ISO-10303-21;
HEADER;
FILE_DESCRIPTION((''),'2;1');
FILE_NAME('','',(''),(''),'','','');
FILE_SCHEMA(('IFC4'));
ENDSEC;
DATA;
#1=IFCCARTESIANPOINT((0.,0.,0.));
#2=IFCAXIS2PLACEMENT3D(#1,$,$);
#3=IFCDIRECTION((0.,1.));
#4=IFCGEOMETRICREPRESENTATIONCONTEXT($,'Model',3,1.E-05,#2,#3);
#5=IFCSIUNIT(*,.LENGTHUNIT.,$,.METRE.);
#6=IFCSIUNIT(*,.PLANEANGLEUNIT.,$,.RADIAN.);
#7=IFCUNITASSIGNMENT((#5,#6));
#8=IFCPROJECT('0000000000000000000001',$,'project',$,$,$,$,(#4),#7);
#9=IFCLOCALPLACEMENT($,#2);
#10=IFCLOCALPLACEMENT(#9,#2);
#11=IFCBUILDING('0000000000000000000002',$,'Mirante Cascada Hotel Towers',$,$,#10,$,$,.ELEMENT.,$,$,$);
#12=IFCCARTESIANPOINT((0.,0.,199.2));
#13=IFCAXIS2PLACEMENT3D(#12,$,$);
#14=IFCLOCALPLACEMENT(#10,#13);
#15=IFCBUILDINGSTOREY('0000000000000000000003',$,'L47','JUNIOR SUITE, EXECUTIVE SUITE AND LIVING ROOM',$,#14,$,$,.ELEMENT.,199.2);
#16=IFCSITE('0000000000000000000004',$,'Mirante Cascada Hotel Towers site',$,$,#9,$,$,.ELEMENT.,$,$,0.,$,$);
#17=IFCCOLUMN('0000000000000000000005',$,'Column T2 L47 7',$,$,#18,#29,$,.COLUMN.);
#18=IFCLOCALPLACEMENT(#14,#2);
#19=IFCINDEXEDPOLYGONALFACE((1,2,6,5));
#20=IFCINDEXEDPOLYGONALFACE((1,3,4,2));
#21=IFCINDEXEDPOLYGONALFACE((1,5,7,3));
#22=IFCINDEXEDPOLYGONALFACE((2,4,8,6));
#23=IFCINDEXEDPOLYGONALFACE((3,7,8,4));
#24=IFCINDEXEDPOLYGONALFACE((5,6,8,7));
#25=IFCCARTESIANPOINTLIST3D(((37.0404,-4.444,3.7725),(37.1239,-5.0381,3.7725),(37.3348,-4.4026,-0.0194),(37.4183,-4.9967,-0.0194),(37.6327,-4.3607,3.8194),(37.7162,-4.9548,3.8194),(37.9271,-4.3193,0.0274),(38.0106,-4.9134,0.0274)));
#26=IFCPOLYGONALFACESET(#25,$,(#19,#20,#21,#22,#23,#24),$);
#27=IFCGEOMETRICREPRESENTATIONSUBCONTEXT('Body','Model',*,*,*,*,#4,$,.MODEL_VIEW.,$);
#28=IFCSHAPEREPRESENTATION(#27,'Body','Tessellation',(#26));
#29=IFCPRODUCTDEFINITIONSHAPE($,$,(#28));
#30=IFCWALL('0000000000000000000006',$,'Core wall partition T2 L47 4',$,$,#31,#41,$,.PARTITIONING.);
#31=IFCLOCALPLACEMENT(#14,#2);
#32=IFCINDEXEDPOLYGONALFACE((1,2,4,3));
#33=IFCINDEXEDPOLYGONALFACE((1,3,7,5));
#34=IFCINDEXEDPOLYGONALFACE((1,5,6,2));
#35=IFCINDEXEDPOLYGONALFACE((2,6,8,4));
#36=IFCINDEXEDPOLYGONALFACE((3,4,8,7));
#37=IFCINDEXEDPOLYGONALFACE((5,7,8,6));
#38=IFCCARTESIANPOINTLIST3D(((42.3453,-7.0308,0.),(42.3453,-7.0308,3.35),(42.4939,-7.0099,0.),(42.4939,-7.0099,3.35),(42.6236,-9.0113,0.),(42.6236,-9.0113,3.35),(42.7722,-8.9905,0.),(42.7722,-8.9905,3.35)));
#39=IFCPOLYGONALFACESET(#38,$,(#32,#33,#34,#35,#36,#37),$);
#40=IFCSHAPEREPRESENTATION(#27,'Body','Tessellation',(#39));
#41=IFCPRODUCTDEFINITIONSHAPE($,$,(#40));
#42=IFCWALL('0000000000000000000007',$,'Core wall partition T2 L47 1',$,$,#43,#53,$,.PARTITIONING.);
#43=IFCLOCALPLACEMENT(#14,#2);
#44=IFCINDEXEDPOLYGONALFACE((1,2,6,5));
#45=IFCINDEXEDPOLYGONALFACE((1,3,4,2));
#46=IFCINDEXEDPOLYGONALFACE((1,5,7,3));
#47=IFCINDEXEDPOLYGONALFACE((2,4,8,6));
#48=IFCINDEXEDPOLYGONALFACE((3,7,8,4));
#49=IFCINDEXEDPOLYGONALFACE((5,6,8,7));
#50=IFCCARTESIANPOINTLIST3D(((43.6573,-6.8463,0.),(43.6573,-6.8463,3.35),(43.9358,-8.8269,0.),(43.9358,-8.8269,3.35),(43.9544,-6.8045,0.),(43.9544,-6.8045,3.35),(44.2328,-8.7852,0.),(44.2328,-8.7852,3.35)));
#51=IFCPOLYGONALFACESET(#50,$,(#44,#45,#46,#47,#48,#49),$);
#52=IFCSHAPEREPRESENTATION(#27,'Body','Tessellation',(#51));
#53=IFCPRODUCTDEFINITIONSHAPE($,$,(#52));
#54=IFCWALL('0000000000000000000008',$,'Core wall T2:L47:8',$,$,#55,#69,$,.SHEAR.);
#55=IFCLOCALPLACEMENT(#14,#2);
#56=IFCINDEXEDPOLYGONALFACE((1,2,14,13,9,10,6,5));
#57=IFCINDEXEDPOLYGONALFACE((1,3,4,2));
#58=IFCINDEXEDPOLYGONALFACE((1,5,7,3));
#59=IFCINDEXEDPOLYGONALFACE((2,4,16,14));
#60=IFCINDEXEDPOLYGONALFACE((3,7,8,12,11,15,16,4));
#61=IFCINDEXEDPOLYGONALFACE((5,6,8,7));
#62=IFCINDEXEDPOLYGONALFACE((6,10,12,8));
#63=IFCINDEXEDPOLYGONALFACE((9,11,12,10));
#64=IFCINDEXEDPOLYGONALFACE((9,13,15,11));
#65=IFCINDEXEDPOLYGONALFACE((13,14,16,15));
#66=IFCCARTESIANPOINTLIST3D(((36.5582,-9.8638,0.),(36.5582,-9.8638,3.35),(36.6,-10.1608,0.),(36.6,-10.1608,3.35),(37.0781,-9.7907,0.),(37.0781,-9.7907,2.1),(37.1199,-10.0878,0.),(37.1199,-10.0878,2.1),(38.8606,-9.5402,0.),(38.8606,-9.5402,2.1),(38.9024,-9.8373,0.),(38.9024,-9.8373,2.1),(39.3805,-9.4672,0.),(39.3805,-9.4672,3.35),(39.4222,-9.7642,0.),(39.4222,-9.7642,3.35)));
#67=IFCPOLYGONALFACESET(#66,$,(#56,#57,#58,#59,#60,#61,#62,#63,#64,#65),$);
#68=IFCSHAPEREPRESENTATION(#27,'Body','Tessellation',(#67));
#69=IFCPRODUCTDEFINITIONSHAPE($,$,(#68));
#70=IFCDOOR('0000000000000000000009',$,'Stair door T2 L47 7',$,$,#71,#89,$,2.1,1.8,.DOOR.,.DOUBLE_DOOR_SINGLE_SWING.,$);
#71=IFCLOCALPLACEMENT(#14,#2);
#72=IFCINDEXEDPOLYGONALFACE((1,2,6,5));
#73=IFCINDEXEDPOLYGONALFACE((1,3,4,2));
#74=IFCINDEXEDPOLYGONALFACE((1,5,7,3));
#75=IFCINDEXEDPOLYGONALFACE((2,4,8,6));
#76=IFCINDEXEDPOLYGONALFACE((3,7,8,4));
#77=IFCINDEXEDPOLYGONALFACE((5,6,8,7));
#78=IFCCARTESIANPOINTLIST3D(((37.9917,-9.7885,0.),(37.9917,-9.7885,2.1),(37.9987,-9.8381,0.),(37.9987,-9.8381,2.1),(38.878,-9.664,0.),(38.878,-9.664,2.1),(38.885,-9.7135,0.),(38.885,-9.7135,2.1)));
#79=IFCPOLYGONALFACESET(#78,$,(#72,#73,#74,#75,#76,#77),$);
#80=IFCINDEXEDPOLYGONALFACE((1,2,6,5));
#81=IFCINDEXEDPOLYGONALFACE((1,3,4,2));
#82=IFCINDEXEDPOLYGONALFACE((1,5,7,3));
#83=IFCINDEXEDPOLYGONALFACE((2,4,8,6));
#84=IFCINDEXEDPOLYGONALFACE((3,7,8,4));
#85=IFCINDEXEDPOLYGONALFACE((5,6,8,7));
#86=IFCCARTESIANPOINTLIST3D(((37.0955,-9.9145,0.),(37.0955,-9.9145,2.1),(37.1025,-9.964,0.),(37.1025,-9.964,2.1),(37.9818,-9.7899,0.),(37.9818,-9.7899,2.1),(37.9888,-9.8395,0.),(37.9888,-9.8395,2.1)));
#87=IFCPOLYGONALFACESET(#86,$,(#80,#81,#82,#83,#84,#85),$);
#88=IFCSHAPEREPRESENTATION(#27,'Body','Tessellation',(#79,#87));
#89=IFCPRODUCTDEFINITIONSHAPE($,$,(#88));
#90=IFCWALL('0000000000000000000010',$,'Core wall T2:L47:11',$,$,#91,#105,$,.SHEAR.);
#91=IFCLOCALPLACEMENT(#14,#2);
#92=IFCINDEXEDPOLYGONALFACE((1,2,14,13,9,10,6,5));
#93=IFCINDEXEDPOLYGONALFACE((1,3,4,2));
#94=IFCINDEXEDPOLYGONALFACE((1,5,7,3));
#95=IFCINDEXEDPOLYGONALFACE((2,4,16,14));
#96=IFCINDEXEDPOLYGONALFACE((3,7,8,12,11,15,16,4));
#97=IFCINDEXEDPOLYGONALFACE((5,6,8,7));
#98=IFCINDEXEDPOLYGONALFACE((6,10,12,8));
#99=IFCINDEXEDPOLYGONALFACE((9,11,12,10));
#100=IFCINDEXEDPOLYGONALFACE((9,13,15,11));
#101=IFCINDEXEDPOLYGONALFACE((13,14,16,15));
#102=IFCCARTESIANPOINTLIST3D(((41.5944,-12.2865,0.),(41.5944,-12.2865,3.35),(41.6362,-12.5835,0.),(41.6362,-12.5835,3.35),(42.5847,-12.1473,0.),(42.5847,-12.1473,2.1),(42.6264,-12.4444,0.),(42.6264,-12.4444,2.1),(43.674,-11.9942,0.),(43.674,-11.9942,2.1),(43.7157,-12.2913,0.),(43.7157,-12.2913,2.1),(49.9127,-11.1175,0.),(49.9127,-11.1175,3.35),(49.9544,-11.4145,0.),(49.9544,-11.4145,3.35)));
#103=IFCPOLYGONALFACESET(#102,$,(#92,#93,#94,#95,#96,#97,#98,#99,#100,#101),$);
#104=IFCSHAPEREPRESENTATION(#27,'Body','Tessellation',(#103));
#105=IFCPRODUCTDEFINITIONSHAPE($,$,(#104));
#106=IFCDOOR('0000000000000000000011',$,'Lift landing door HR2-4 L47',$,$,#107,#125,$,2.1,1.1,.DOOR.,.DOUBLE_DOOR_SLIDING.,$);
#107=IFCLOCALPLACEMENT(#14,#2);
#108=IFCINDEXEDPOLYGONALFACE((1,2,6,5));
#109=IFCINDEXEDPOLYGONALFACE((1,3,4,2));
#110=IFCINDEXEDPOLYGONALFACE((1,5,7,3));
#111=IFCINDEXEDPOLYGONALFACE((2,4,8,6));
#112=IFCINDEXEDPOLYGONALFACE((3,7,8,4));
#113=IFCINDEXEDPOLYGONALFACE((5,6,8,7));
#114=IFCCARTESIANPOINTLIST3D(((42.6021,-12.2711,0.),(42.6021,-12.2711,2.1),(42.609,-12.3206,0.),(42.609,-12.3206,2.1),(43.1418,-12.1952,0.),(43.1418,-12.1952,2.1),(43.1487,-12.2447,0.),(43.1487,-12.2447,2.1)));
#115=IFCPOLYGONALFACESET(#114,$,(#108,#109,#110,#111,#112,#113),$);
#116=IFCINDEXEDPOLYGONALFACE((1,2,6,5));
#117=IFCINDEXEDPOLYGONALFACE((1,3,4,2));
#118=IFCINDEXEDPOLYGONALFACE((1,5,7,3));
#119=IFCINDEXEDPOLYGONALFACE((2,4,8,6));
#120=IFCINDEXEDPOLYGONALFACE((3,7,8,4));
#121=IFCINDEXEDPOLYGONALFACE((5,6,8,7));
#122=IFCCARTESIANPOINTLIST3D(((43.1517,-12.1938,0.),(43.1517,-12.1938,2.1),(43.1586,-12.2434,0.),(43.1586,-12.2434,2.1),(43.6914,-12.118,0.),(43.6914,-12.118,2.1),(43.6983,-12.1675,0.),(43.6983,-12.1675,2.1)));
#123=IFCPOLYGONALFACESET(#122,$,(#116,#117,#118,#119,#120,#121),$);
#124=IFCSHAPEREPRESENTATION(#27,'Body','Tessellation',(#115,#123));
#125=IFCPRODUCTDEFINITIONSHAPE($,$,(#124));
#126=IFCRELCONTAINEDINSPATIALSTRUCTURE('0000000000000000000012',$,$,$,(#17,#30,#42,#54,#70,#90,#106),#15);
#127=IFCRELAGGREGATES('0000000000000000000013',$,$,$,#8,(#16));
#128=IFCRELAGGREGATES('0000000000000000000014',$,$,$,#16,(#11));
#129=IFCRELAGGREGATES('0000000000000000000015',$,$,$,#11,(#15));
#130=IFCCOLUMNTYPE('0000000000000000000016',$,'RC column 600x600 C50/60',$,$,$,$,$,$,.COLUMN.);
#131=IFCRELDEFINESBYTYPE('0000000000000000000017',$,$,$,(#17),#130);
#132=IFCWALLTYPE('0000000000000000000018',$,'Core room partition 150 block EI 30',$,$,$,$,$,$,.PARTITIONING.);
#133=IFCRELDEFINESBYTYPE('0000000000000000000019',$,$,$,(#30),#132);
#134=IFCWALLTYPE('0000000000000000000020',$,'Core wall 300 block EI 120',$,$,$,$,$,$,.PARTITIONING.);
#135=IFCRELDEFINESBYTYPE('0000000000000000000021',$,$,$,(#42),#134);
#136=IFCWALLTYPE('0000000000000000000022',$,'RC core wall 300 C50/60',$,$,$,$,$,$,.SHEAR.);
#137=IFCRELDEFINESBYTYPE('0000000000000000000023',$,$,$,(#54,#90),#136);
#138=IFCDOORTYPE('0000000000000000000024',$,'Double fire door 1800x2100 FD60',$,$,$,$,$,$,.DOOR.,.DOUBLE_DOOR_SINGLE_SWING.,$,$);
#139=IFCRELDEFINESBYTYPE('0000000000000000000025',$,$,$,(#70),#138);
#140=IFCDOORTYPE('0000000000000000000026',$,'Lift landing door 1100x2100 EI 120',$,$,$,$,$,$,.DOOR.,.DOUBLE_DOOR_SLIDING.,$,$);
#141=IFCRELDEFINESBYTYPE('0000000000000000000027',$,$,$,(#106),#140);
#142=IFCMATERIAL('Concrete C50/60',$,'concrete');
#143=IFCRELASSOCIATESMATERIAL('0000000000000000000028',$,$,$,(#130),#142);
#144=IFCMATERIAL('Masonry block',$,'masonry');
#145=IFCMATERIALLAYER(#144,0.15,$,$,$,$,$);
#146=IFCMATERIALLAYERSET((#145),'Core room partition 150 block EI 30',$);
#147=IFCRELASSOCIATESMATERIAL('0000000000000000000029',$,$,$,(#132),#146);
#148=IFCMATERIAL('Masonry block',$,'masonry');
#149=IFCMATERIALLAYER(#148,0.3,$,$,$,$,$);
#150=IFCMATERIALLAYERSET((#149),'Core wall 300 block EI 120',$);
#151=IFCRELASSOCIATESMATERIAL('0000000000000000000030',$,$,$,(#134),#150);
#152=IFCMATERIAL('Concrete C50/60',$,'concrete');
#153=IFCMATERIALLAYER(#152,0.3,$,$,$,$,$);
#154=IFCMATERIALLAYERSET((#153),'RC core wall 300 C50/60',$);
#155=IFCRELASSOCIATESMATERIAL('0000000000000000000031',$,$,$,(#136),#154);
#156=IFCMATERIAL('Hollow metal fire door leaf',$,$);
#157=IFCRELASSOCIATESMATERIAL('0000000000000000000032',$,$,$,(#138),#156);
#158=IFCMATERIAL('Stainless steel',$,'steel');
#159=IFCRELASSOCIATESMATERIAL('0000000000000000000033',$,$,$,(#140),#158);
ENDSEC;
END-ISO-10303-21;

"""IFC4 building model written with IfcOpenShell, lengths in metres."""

from ifc_helpers import new_model, si_unit, direction, frame, frame_2d, origin, origin_2d, place, context, subcontext, project, spatial, rectangle, extrude, material, layer, layer_set, material_profile, profile_set, type_object, element, fill, save


model = new_model("IFC4")

# Units and contexts
model_context = context("Model", 3, precision=1e-05, world=origin(), true_north=direction((0.0, 1.0)))
body_context = subcontext(model_context, "Body", "Model", "MODEL_VIEW")
ifc_project = project(units=[si_unit("LENGTHUNIT", "METRE"), si_unit("PLANEANGLEUNIT", "RADIAN")], contexts=[model_context])

# Site, building, storey
site_placement = place(None, origin())
site = spatial("IfcSite", under=ifc_project, at=site_placement, Name="Mirante Cascada Hotel Towers site", CompositionType="ELEMENT", RefElevation=0.0)
building_placement = place(site_placement, origin())
building = spatial("IfcBuilding", under=site, at=building_placement, Name="Mirante Cascada Hotel Towers", CompositionType="ELEMENT")
storey_placement = place(building_placement, frame((0.0, 0.0, 199.2)))
storey = spatial("IfcBuildingStorey", under=building, at=storey_placement, Name="L47", Description="JUNIOR SUITE, EXECUTIVE SUITE AND LIVING ROOM", CompositionType="ELEMENT", Elevation=199.2)

# Column
ifc_material_1 = material(Name="Concrete C50/60", Category="concrete")
ifc_material_profile = material_profile(ifc_material_1, rectangle(XDim=0.6, YDim=0.6, at=origin_2d()), Name="RC column 600x600 C50/60")
ifc_profile_set = profile_set([ifc_material_profile], Name="Concrete C50/60")
column_type = type_object("IfcColumnType", Name="RC column 600x600 C50/60", PredefinedType="COLUMN", material=ifc_profile_set)
column_placement = place(storey_placement, frame((37.6727, -4.658, 0.004), z_axis=(-0.0774, -0.010884, 0.996941), x_axis=(0.139255, -0.990257, 0.0)))
element("IfcColumn", 1, at=column_placement, inside=storey, type_object=column_type, Name="Column T2 L47 7", PredefinedType="COLUMN", context=body_context, shape_type="SweptSolid", body=[
    extrude(rectangle(XDim=0.6, YDim=0.6, at=origin_2d()), origin(), (0.0, 0.0, 1.0), 3.8036),
])

# Walls
ifc_material_2 = material(Name="Masonry block", Category="masonry")
ifc_layer_1 = layer(ifc_material_2, 0.15)
ifc_layer_set_1 = layer_set([ifc_layer_1], Name="Core room partition 150 block EI 30")
wall_type_1 = type_object("IfcWallType", Name="Core room partition 150 block EI 30", PredefinedType="PARTITIONING", material=ifc_layer_set_1)
wall_1_placement = place(storey_placement, frame((42.6979, -9.0009, 0.0), z_axis=(0.0, 0.0, 1.0), x_axis=(-0.139153, 0.990271, 0.0)))
element("IfcWall", 2, at=wall_1_placement, inside=storey, type_object=wall_type_1, Name="Core wall partition T2 L47 4", PredefinedType="PARTITIONING", context=body_context, shape_type="SweptSolid", body=[
    extrude(rectangle(XDim=2.0, YDim=0.15, at=frame_2d((1.0, 0.0))), origin(), (0.0, 0.0, 1.0), 3.35),
])
ifc_material_3 = material(Name="Masonry block", Category="masonry")
ifc_layer_2 = layer(ifc_material_3, 0.3)
ifc_layer_set_2 = layer_set([ifc_layer_2], Name="Core wall 300 block EI 120")
wall_type_2 = type_object("IfcWallType", Name="Core wall 300 block EI 120", PredefinedType="PARTITIONING", material=ifc_layer_set_2)
wall_2_placement = place(storey_placement, frame((44.0843, -8.8061, 0.0), z_axis=(0.0, 0.0, 1.0), x_axis=(-0.139195, 0.990265, 0.0)))
element("IfcWall", 3, at=wall_2_placement, inside=storey, type_object=wall_type_2, Name="Core wall partition T2 L47 1", PredefinedType="PARTITIONING", context=body_context, shape_type="SweptSolid", body=[
    extrude(rectangle(XDim=2.0001, YDim=0.3, at=frame_2d((1.0001, 0.0))), origin(), (0.0, 0.0, 1.0), 3.35),
])

# Walls, openings, doors
ifc_material_4 = material(Name="Concrete C50/60", Category="concrete")
ifc_layer_3 = layer(ifc_material_4, 0.3)
ifc_layer_set_3 = layer_set([ifc_layer_3], Name="RC core wall 300 C50/60")
wall_type_3 = type_object("IfcWallType", Name="RC core wall 300 C50/60", PredefinedType="SHEAR", material=ifc_layer_set_3)
wall_3_placement = place(storey_placement, frame((36.5791, -10.0123, 0.0), z_axis=(0.0, 0.0, 1.0), x_axis=(0.99027, 0.139156, 0.0)))
wall_3 = element("IfcWall", 4, at=wall_3_placement, inside=storey, type_object=wall_type_3, Name="Core wall T2:L47:8", PredefinedType="SHEAR", context=body_context, shape_type="SweptSolid", body=[
    extrude(rectangle(XDim=2.85, YDim=0.3, at=frame_2d((1.425, 0.0))), origin(), (0.0, 0.0, 1.0), 3.35),
])
opening_1_placement = place(wall_3_placement, frame((0.525, 0.0, 0.0)))
opening_1 = element("IfcOpeningElement", 5, at=opening_1_placement, cuts=wall_3, PredefinedType="OPENING", context=body_context, shape_type="SweptSolid", body=[
    extrude(rectangle(XDim=1.8, YDim=2.1, at=frame_2d((0.9, 1.05))), frame((0.0, 0.15, 0.0), z_axis=(0.0, -1.0, 0.0), x_axis=(1.0, 0.0, 0.0)), (0.0, 0.0, 1.0), 0.3),
])
ifc_material_5 = material(Name="Hollow metal fire door leaf")
door_type_1 = type_object("IfcDoorType", Name="Double fire door 1800x2100 FD60", OperationType="DOUBLE_DOOR_SINGLE_SWING", PredefinedType="DOOR", material=ifc_material_5)
door_1_placement = place(opening_1_placement, frame((1.8, 0.0, 0.0), z_axis=(0.0, 0.0, 1.0), x_axis=(-1.0, 0.0, 0.0)))
door_1 = element("IfcDoor", 6, at=door_1_placement, inside=storey, type_object=door_type_1, Name="Stair door T2 L47 7", OperationType="DOUBLE_DOOR_SINGLE_SWING", OverallHeight=2.1, OverallWidth=1.8, PredefinedType="DOOR", context=body_context, shape_type="SweptSolid", body=[
    extrude(rectangle(XDim=0.895, YDim=2.1, at=frame_2d((0.4475, 1.05))), frame((0.0, 0.025, 0.0), z_axis=(0.0, -1.0, 0.0), x_axis=(1.0, 0.0, 0.0)), (0.0, 0.0, 1.0), 0.05),
    extrude(rectangle(XDim=0.895, YDim=2.1, at=frame_2d((1.3525, 1.05))), frame((0.0, 0.025, 0.0), z_axis=(0.0, -1.0, 0.0), x_axis=(1.0, 0.0, 0.0)), (0.0, 0.0, 1.0), 0.05),
])
fill(opening_1, door_1)
wall_4_placement = place(storey_placement, frame((41.6153, -12.435, 0.0), z_axis=(0.0, 0.0, 1.0), x_axis=(0.990269, 0.139166, 0.0)))
wall_4 = element("IfcWall", 7, at=wall_4_placement, inside=storey, type_object=wall_type_3, Name="Core wall T2:L47:11", PredefinedType="SHEAR", context=body_context, shape_type="SweptSolid", body=[
    extrude(rectangle(XDim=8.4, YDim=0.3, at=frame_2d((4.2, 0.0))), origin(), (0.0, 0.0, 1.0), 3.35),
])
opening_2_placement = place(wall_4_placement, frame((1.0, 0.0, 0.0)))
opening_2 = element("IfcOpeningElement", 8, at=opening_2_placement, cuts=wall_4, PredefinedType="OPENING", context=body_context, shape_type="SweptSolid", body=[
    extrude(rectangle(XDim=1.1, YDim=2.1, at=frame_2d((0.55, 1.05))), frame((0.0, 0.15, 0.0), z_axis=(0.0, -1.0, 0.0), x_axis=(1.0, 0.0, 0.0)), (0.0, 0.0, 1.0), 0.3),
])
ifc_material_6 = material(Name="Stainless steel", Category="steel")
door_type_2 = type_object("IfcDoorType", Name="Lift landing door 1100x2100 EI 120", OperationType="DOUBLE_DOOR_SLIDING", PredefinedType="DOOR", material=ifc_material_6)
door_2_placement = place(opening_2_placement, origin())
door_2 = element("IfcDoor", 9, at=door_2_placement, inside=storey, type_object=door_type_2, Name="Lift landing door HR2-4 L47", OperationType="DOUBLE_DOOR_SLIDING", OverallHeight=2.1, OverallWidth=1.1, PredefinedType="DOOR", context=body_context, shape_type="SweptSolid", body=[
    extrude(rectangle(XDim=0.545, YDim=2.1, at=frame_2d((0.2725, 1.05))), frame((0.0, 0.025, 0.0), z_axis=(0.0, -1.0, 0.0), x_axis=(1.0, 0.0, 0.0)), (0.0, 0.0, 1.0), 0.05),
    extrude(rectangle(XDim=0.545, YDim=2.1, at=frame_2d((0.8275, 1.05))), frame((0.0, 0.025, 0.0), z_axis=(0.0, -1.0, 0.0), x_axis=(1.0, 0.0, 0.0)), (0.0, 0.0, 1.0), 0.05),
])
fill(opening_2, door_2)

save(model, "model.ifc")
